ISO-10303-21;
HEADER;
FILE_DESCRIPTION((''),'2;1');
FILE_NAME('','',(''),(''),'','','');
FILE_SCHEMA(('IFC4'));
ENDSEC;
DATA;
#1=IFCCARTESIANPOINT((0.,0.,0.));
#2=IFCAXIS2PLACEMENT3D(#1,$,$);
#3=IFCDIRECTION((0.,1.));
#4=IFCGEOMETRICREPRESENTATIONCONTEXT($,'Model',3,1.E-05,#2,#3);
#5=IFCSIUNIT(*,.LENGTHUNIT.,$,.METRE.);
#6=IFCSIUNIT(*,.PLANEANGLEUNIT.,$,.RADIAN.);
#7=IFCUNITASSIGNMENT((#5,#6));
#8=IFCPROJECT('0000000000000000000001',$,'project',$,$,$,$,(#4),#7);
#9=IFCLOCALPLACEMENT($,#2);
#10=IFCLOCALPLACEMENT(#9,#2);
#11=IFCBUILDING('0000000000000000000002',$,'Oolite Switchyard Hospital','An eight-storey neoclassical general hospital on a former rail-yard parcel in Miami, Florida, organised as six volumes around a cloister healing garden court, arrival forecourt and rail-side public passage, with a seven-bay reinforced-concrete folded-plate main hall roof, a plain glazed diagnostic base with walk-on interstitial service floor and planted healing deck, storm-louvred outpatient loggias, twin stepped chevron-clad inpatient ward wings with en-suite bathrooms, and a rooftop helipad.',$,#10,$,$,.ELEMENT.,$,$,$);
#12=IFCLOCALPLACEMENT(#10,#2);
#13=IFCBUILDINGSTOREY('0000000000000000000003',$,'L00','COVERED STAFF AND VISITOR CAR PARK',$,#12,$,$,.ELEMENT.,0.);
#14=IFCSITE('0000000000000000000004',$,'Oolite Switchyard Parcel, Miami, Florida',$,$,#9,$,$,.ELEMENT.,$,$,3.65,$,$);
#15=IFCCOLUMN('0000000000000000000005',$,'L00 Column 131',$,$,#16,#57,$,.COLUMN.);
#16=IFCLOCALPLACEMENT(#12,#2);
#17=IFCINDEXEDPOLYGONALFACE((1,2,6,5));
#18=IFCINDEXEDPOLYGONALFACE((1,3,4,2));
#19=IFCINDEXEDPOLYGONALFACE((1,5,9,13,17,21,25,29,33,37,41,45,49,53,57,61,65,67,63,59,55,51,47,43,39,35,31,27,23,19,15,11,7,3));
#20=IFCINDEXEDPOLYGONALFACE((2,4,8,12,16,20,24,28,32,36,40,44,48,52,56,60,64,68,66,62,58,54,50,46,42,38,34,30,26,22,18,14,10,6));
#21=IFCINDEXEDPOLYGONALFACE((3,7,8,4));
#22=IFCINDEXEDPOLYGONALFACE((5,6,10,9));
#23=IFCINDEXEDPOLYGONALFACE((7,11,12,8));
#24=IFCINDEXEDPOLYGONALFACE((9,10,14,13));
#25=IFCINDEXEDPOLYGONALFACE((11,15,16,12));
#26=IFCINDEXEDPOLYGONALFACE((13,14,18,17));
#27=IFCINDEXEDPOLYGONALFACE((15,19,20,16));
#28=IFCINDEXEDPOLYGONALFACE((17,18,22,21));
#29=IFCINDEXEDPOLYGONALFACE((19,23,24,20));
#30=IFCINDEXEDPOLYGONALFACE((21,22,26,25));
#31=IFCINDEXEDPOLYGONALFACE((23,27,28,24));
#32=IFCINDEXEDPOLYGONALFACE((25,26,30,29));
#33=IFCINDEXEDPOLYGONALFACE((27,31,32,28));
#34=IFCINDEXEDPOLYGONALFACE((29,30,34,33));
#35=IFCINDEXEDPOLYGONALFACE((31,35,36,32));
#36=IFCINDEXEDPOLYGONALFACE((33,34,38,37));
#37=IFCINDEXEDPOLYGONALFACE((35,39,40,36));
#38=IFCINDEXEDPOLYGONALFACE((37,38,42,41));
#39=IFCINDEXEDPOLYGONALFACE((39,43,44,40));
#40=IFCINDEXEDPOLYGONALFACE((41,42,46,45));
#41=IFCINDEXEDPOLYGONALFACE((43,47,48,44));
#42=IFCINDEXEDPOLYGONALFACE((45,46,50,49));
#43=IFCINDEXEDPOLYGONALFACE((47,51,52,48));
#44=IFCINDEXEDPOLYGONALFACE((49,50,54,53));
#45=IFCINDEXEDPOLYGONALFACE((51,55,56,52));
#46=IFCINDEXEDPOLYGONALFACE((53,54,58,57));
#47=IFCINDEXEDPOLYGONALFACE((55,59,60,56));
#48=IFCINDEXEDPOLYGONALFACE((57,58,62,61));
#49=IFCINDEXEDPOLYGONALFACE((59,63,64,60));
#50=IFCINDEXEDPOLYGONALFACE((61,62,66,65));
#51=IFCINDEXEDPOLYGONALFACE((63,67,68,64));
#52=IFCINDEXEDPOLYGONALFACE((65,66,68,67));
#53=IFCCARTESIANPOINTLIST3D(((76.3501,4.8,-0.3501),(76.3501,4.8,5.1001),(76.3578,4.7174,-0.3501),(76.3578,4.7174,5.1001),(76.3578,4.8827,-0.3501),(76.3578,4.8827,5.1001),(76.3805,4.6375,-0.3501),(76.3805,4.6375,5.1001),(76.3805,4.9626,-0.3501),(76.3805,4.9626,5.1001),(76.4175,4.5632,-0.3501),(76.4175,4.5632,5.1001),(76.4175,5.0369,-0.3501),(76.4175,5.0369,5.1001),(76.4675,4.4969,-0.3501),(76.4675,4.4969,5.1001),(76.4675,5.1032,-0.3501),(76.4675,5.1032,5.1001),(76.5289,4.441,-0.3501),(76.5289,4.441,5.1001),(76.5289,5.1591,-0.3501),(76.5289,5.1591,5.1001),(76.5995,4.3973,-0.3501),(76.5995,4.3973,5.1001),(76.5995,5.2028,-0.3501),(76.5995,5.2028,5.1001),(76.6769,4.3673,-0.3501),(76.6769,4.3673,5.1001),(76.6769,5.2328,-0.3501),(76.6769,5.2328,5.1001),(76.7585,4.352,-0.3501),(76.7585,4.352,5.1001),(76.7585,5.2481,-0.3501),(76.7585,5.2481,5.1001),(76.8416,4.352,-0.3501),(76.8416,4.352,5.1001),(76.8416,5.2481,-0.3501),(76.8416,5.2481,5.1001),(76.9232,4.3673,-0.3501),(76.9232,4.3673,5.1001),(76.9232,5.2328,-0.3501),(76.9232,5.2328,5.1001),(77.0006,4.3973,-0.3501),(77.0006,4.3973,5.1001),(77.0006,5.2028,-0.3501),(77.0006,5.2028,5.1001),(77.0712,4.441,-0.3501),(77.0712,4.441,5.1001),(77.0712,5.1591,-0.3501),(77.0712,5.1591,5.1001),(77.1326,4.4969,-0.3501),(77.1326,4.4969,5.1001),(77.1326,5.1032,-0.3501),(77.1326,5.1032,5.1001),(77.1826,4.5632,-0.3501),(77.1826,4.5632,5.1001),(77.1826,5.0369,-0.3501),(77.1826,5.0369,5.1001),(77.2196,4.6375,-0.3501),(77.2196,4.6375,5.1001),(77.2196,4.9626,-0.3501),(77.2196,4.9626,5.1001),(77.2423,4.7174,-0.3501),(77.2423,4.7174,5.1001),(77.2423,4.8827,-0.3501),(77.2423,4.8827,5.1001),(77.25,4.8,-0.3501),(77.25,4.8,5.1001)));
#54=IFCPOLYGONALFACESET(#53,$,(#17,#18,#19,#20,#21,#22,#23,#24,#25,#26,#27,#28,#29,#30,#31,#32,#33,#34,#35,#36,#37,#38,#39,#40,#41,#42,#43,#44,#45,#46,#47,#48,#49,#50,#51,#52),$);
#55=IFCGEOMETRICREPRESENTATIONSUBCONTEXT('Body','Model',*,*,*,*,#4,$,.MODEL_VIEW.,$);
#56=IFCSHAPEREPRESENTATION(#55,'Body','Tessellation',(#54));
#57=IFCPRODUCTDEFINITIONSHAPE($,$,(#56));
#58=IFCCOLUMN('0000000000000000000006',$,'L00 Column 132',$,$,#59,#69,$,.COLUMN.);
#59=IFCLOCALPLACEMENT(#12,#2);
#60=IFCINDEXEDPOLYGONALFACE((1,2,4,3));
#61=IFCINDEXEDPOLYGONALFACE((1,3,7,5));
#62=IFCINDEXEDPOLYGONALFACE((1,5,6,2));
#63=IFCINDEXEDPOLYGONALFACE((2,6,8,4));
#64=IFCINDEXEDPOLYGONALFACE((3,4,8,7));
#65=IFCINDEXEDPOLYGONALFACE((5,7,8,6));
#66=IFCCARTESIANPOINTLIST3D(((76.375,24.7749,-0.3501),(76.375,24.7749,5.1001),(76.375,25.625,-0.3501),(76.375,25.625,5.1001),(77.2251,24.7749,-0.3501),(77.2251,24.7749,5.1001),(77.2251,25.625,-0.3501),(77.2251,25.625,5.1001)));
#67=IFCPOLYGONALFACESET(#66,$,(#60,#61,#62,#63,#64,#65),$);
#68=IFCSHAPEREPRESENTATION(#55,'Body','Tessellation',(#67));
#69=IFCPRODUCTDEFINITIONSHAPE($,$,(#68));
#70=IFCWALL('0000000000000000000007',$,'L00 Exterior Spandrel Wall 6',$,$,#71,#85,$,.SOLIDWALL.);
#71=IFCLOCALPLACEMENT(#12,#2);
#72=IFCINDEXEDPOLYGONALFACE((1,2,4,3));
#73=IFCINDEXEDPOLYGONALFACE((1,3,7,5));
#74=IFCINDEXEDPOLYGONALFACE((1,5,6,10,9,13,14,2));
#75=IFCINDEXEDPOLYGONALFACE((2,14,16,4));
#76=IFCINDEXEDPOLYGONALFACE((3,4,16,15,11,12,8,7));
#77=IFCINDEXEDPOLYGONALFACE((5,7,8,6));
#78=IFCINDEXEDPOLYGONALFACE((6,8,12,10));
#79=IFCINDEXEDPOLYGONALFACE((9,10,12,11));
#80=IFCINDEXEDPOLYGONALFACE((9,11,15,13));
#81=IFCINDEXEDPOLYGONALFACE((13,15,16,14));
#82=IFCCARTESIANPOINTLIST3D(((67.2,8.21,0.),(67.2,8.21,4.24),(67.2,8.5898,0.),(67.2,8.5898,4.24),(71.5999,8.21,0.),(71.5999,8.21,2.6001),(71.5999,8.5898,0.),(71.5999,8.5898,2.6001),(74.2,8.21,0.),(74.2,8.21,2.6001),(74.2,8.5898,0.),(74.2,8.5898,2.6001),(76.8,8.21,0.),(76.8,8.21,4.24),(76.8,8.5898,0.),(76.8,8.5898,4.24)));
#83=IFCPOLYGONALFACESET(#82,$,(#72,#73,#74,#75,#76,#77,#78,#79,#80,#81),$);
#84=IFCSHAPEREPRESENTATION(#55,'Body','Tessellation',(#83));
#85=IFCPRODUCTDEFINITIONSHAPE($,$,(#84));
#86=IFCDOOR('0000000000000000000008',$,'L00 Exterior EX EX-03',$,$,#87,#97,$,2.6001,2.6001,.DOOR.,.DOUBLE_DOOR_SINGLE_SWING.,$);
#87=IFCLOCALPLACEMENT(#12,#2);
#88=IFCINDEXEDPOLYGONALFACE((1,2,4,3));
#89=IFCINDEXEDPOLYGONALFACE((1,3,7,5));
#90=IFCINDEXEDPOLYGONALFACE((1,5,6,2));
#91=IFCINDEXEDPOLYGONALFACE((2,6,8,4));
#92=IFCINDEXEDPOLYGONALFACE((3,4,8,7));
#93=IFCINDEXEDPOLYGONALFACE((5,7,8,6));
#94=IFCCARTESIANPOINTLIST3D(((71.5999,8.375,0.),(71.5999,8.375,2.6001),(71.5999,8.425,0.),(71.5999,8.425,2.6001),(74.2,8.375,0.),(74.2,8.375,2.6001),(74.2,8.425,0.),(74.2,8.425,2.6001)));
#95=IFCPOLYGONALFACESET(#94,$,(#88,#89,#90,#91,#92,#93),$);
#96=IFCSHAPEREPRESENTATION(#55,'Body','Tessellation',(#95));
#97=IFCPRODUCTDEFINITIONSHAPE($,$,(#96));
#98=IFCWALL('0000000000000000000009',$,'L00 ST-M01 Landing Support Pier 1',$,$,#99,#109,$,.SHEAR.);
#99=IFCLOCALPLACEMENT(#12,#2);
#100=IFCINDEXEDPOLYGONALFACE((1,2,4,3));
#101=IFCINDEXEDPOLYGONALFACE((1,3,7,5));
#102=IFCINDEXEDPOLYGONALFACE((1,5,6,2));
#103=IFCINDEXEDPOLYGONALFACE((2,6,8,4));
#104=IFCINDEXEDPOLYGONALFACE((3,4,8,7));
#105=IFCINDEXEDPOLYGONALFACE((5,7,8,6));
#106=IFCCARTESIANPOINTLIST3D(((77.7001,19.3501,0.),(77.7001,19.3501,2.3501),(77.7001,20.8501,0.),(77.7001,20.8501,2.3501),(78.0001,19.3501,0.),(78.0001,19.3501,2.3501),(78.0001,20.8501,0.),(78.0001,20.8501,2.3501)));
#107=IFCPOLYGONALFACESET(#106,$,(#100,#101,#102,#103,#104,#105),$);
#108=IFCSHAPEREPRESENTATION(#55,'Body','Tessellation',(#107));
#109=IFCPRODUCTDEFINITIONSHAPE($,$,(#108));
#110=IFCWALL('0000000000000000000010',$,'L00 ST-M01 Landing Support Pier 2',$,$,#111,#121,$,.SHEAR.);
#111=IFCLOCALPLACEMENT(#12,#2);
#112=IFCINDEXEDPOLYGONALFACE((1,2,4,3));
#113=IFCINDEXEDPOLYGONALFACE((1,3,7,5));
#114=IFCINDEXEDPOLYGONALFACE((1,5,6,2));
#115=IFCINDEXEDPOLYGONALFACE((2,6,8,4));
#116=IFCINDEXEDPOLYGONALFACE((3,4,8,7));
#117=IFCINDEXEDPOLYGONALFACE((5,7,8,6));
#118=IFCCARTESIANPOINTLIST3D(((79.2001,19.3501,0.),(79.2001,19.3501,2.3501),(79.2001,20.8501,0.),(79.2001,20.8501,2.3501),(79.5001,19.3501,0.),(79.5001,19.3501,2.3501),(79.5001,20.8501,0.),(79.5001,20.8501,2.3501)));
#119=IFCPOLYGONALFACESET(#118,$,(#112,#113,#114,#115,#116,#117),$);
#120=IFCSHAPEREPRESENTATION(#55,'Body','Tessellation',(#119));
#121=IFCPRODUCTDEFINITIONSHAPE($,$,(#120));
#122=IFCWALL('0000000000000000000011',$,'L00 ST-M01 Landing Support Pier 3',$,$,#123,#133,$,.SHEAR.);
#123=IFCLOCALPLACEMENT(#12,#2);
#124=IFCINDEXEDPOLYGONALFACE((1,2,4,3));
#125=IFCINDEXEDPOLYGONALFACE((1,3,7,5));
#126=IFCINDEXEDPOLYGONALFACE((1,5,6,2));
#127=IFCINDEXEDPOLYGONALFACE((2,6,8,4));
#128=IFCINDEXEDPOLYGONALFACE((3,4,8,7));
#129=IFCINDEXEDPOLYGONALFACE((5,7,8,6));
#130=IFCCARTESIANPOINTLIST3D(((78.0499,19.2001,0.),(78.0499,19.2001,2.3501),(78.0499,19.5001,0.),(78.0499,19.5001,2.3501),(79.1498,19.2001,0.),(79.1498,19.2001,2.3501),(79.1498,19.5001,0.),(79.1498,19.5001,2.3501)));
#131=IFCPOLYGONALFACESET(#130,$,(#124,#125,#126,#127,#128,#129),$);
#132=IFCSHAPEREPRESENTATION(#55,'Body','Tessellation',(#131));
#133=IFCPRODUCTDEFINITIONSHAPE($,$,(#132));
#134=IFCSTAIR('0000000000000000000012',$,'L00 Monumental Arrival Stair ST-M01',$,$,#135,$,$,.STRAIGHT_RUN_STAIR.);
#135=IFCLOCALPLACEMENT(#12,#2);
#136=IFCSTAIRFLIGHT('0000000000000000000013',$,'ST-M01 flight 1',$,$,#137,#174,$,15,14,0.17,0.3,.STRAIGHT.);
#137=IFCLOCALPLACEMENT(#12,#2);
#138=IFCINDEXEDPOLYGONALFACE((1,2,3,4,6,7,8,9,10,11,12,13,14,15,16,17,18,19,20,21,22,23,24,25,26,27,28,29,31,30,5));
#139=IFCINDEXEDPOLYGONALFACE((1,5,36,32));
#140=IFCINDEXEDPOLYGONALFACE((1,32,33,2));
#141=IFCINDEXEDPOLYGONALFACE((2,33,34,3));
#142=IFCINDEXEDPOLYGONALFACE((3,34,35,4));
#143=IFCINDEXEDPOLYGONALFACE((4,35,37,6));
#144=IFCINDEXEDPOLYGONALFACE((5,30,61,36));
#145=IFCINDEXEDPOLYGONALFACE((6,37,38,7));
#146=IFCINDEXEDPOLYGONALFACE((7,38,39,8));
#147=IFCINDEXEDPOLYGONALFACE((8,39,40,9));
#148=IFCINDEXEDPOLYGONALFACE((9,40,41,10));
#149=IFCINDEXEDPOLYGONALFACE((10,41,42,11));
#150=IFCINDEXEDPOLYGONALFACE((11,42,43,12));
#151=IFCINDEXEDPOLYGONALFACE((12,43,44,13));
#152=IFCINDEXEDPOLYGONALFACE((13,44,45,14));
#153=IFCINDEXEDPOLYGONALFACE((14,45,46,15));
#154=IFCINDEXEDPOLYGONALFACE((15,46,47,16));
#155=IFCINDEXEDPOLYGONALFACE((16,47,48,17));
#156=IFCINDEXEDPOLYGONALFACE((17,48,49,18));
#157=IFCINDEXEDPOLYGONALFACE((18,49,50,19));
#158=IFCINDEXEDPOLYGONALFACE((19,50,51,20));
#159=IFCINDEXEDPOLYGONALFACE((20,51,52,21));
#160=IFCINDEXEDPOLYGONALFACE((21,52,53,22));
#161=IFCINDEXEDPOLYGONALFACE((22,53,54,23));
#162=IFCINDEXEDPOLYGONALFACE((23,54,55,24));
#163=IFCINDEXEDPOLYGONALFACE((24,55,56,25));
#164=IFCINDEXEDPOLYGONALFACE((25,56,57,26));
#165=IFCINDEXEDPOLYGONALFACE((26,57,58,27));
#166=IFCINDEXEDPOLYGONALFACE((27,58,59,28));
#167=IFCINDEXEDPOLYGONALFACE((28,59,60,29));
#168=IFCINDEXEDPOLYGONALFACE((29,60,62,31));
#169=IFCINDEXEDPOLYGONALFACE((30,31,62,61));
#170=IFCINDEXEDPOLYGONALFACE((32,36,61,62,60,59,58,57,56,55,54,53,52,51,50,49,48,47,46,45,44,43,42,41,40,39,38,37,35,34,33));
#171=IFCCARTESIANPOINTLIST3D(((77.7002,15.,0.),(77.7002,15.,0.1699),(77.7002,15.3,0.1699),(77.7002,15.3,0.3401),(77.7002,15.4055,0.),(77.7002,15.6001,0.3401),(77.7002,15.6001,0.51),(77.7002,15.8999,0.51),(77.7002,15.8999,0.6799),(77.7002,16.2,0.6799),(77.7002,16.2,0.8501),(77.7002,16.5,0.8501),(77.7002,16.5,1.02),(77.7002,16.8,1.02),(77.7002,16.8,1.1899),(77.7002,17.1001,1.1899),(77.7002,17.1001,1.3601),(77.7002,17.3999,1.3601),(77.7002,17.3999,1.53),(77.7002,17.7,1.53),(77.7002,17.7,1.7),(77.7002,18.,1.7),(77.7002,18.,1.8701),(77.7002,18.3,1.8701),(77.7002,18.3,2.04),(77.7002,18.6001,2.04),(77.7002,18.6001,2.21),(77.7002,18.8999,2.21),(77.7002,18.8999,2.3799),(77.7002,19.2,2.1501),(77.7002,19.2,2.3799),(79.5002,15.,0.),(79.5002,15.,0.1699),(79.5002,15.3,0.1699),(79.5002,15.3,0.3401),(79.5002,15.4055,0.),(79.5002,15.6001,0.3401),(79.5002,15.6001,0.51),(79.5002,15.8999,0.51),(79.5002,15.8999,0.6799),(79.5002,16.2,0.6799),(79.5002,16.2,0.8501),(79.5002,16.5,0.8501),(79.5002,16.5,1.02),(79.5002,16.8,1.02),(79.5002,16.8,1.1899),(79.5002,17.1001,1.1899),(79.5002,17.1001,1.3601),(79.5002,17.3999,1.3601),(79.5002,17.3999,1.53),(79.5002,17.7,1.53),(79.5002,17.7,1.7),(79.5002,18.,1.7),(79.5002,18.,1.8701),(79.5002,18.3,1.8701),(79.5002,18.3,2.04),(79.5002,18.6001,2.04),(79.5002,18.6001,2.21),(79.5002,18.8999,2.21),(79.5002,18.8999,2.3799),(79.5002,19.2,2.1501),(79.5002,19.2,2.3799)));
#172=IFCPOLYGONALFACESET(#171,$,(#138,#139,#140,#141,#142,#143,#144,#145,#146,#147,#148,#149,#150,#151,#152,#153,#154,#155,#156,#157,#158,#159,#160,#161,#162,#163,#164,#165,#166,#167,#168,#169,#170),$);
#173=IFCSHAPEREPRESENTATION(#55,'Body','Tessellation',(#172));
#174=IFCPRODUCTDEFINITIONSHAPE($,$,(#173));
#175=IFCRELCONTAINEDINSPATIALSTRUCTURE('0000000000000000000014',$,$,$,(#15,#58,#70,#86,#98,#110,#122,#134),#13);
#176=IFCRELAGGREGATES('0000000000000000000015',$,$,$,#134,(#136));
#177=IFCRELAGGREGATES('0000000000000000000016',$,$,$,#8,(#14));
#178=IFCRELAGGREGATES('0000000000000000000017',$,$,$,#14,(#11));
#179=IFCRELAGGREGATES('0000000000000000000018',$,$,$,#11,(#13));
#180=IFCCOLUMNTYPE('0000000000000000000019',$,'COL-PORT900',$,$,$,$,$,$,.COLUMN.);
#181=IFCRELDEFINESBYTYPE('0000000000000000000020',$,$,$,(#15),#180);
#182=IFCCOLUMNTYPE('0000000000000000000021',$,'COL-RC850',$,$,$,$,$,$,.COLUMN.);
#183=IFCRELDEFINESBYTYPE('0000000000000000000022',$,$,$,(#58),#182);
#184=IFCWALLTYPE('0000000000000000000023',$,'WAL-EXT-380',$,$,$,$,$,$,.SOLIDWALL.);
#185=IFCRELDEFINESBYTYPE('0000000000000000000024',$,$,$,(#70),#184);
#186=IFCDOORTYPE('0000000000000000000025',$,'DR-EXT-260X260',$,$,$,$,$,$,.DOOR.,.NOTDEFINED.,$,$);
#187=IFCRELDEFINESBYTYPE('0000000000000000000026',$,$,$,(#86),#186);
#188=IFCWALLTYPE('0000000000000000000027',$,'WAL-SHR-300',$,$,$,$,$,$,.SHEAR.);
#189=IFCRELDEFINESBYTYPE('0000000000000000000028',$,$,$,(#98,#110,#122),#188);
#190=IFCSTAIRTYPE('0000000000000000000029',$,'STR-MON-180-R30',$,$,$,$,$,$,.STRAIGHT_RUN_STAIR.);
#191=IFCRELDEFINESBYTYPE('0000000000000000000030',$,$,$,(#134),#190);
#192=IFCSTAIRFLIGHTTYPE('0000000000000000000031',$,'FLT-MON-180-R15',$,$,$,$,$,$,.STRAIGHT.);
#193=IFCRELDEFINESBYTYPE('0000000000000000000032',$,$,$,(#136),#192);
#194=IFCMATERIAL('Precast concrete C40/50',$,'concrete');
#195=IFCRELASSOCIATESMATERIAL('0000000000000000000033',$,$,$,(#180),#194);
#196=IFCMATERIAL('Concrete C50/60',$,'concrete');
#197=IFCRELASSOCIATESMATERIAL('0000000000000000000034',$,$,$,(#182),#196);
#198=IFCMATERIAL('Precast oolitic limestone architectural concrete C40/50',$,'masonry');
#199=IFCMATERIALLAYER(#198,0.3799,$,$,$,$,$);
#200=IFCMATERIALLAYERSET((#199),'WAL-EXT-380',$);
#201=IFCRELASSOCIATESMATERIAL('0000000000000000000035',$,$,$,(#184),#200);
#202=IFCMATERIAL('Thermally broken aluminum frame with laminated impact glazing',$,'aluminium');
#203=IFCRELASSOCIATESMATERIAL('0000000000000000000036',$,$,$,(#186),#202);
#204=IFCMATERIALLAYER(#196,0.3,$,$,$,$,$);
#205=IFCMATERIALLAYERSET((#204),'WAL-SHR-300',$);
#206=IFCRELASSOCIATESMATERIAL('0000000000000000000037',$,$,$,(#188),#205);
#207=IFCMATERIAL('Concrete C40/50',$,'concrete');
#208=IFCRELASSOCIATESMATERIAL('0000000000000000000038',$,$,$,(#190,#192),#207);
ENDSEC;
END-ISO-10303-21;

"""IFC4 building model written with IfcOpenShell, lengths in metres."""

from ifc_helpers import new_model, si_unit, direction, frame, frame_2d, origin, origin_2d, place, context, subcontext, project, spatial, polyline, rectangle, circle, outline, extrude, material, layer, layer_set, material_profile, profile_set, type_object, element, fill, aggregate, save


model = new_model("IFC4")

# Units and contexts
model_context = context("Model", 3, precision=1e-05, world=origin(), true_north=direction((0.0, 1.0)))
body_context = subcontext(model_context, "Body", "Model", "MODEL_VIEW")
ifc_project = project(units=[si_unit("LENGTHUNIT", "METRE"), si_unit("PLANEANGLEUNIT", "RADIAN")], contexts=[model_context])

# Site, building, storey
site_placement = place(None, origin())
site = spatial("IfcSite", under=ifc_project, at=site_placement, Name="Oolite Switchyard Parcel, Miami, Florida", CompositionType="ELEMENT", RefElevation=3.65)
building_placement = place(site_placement, origin())
building = spatial("IfcBuilding", under=site, at=building_placement, Name="Oolite Switchyard Hospital", Description="An eight-storey neoclassical general hospital on a former rail-yard parcel in Miami, Florida, organised as six volumes around a cloister healing garden court, arrival forecourt and rail-side public passage, with a seven-bay reinforced-concrete folded-plate main hall roof, a plain glazed diagnostic base with walk-on interstitial service floor and planted healing deck, storm-louvred outpatient loggias, twin stepped chevron-clad inpatient ward wings with en-suite bathrooms, and a rooftop helipad.", CompositionType="ELEMENT")
storey_placement = place(building_placement, origin())
storey = spatial("IfcBuildingStorey", under=building, at=storey_placement, Name="L00", Description="COVERED STAFF AND VISITOR CAR PARK", CompositionType="ELEMENT", Elevation=0.0)

# Shared definitions
ifc_material_1 = material(Name="Concrete C40/50", Category="concrete")

# Columns
ifc_material_2 = material(Name="Precast concrete C40/50", Category="concrete")
ifc_material_profile_1 = material_profile(ifc_material_2, circle(Radius=0.45, at=origin_2d()), Name="RCCOL900")
ifc_profile_set_1 = profile_set([ifc_material_profile_1], Name="Precast concrete C40/50")
column_type_1 = type_object("IfcColumnType", Name="COL-PORT900", PredefinedType="COLUMN", material=ifc_profile_set_1)
column_1_placement = place(storey_placement, frame((76.8, 4.8, -0.3501), z_axis=(0.0, 0.0, 1.0), x_axis=(1.0, 0.0, 0.0)))
element("IfcColumn", 1, at=column_1_placement, inside=storey, type_object=column_type_1, Name="L00 Column 131", PredefinedType="COLUMN", context=body_context, shape_type="SweptSolid", body=[
    extrude(circle(Radius=0.45, at=origin_2d()), origin(), (0.0, 0.0, 1.0), 5.4502),
])
ifc_material_3 = material(Name="Concrete C50/60", Category="concrete")
ifc_material_profile_2 = material_profile(ifc_material_3, rectangle(XDim=0.8501, YDim=0.8501, at=origin_2d()), Name="RC850X850")
ifc_profile_set_2 = profile_set([ifc_material_profile_2], Name="Concrete C50/60")
column_type_2 = type_object("IfcColumnType", Name="COL-RC850", PredefinedType="COLUMN", material=ifc_profile_set_2)
column_2_placement = place(storey_placement, frame((76.8, 25.2, -0.3501), z_axis=(0.0, 0.0, 1.0), x_axis=(1.0, 0.0, 0.0)))
element("IfcColumn", 2, at=column_2_placement, inside=storey, type_object=column_type_2, Name="L00 Column 132", PredefinedType="COLUMN", context=body_context, shape_type="SweptSolid", body=[
    extrude(rectangle(XDim=0.8501, YDim=0.8501, at=origin_2d()), origin(), (0.0, 0.0, 1.0), 5.4502),
])

# Wall, opening, door
ifc_material_4 = material(Name="Precast oolitic limestone architectural concrete C40/50", Category="masonry")
ifc_layer_1 = layer(ifc_material_4, 0.3799)
ifc_layer_set_1 = layer_set([ifc_layer_1], Name="WAL-EXT-380")
wall_type_1 = type_object("IfcWallType", Name="WAL-EXT-380", PredefinedType="SOLIDWALL", material=ifc_layer_set_1)
wall_1_placement = place(storey_placement, frame((76.8, 8.3999, 0.0), z_axis=(0.0, 0.0, 1.0), x_axis=(-1.0, 0.0, 0.0)))
wall_1 = element("IfcWall", 3, at=wall_1_placement, inside=storey, type_object=wall_type_1, Name="L00 Exterior Spandrel Wall 6", PredefinedType="SOLIDWALL", context=body_context, shape_type="SweptSolid", body=[
    extrude(rectangle(XDim=9.6001, YDim=0.3799, at=frame_2d((4.8, 0.0))), origin(), (0.0, 0.0, 1.0), 4.24),
])
opening_placement = place(wall_1_placement, frame((2.6001, 0.0, 0.0)))
opening = element("IfcOpeningElement", 4, at=opening_placement, cuts=wall_1, PredefinedType="OPENING", context=body_context, shape_type="SweptSolid", body=[
    extrude(rectangle(XDim=2.6001, YDim=2.6001, at=frame_2d((1.3, 1.3))), frame((0.0, 0.2, 0.0), z_axis=(0.0, -1.0, 0.0), x_axis=(1.0, 0.0, 0.0)), (0.0, 0.0, 1.0), 0.3999),
])
ifc_material_5 = material(Name="Thermally broken aluminum frame with laminated impact glazing", Category="aluminium")
door_type = type_object("IfcDoorType", Name="DR-EXT-260X260", OperationType="NOTDEFINED", PredefinedType="DOOR", material=ifc_material_5)
door_placement = place(opening_placement, origin())
door = element("IfcDoor", 5, at=door_placement, inside=storey, type_object=door_type, Name="L00 Exterior EX EX-03", OperationType="DOUBLE_DOOR_SINGLE_SWING", OverallHeight=2.6001, OverallWidth=2.6001, PredefinedType="DOOR", context=body_context, shape_type="SweptSolid", body=[
    extrude(rectangle(XDim=2.6001, YDim=2.6001, at=frame_2d((1.3, 1.3))), frame((0.0, 0.0249, 0.0), z_axis=(0.0, -1.0, 0.0), x_axis=(1.0, 0.0, 0.0)), (0.0, 0.0, 1.0), 0.05),
])
fill(opening, door)

# Walls
ifc_layer_2 = layer(ifc_material_3, 0.3)
ifc_layer_set_2 = layer_set([ifc_layer_2], Name="WAL-SHR-300")
wall_type_2 = type_object("IfcWallType", Name="WAL-SHR-300", PredefinedType="SHEAR", material=ifc_layer_set_2)
for number, where, z_axis, x_axis, name in (
    (6, (77.8501, 19.3501, 0.0), (0.0, 0.0, 1.0), (0.0, 1.0, 0.0), "L00 ST-M01 Landing Support Pier 1"),
    (7, (79.3501, 19.3501, 0.0), (0.0, 0.0, 1.0), (0.0, 1.0, 0.0), "L00 ST-M01 Landing Support Pier 2"),
):
    element("IfcWall", number, at=place(storey_placement, frame(where, z_axis=z_axis, x_axis=x_axis)), inside=storey, type_object=wall_type_2, Name=name, PredefinedType="SHEAR", context=body_context, shape_type="SweptSolid", body=[
        extrude(rectangle(XDim=1.5, YDim=0.3, at=frame_2d((0.75, 0.0))), origin(), (0.0, 0.0, 1.0), 2.3501),
    ])
wall_2_placement = place(storey_placement, frame((78.05, 19.3501, 0.0), z_axis=(0.0, 0.0, 1.0), x_axis=(1.0, 0.0, 0.0)))
element("IfcWall", 8, at=wall_2_placement, inside=storey, type_object=wall_type_2, Name="L00 ST-M01 Landing Support Pier 3", PredefinedType="SHEAR", context=body_context, shape_type="SweptSolid", body=[
    extrude(rectangle(XDim=1.0999, YDim=0.3, at=frame_2d((0.5498, 0.0))), origin(), (0.0, 0.0, 1.0), 2.3501),
])

# Stair, stair flight
stair_type = type_object("IfcStairType", Name="STR-MON-180-R30", PredefinedType="STRAIGHT_RUN_STAIR", material=ifc_material_1)
stair_placement = place(storey_placement, origin())
stair = element("IfcStair", 9, at=stair_placement, inside=storey, type_object=stair_type, Name="L00 Monumental Arrival Stair ST-M01", PredefinedType="STRAIGHT_RUN_STAIR")
stair_flight_type = type_object("IfcStairFlightType", Name="FLT-MON-180-R15", PredefinedType="STRAIGHT", material=ifc_material_1)
stair_flight_1_placement = place(storey_placement, frame((78.6001, 15.0, 0.0), z_axis=(0.0, 0.0, 1.0), x_axis=(0.0, 1.0, 0.0)))
stair_flight_1 = element("IfcStairFlight", 10, at=stair_flight_1_placement, type_object=stair_flight_type, Name="ST-M01 flight 1", NumberOfRisers=15, NumberOfTreads=14, PredefinedType="STRAIGHT", RiserHeight=0.17, TreadLength=0.3, context=body_context, shape_type="SweptSolid", body=[
    extrude(outline(polyline([(0.0, 0.0), (0.0, 0.1699), (0.3, 0.1699), (0.3, 0.3401), (0.6001, 0.3401), (0.6001, 0.51), (0.8999, 0.51), (0.8999, 0.6799), (1.2, 0.6799), (1.2, 0.8501), (1.5, 0.8501), (1.5, 1.02), (1.8, 1.02), (1.8, 1.1899), (2.1001, 1.1899), (2.1001, 1.3601), (2.3999, 1.3601), (2.3999, 1.53), (2.7, 1.53), (2.7, 1.7), (3.0, 1.7), (3.0, 1.8701), (3.3, 1.8701), (3.3, 2.04), (3.6001, 2.04), (3.6001, 2.21), (3.8999, 2.21), (3.8999, 2.3799), (4.2, 2.3799), (4.2, 2.55), (4.2, 2.1501), (0.4055, 0.0), (0.0, 0.0)])), frame((0.0, 0.8999, 0.0), z_axis=(0.0, -1.0, 0.0), x_axis=(1.0, 0.0, 0.0)), (0.0, 0.0, 1.0), 1.8),
])
aggregate(stair, [stair_flight_1])

save(model, "model.ifc")
